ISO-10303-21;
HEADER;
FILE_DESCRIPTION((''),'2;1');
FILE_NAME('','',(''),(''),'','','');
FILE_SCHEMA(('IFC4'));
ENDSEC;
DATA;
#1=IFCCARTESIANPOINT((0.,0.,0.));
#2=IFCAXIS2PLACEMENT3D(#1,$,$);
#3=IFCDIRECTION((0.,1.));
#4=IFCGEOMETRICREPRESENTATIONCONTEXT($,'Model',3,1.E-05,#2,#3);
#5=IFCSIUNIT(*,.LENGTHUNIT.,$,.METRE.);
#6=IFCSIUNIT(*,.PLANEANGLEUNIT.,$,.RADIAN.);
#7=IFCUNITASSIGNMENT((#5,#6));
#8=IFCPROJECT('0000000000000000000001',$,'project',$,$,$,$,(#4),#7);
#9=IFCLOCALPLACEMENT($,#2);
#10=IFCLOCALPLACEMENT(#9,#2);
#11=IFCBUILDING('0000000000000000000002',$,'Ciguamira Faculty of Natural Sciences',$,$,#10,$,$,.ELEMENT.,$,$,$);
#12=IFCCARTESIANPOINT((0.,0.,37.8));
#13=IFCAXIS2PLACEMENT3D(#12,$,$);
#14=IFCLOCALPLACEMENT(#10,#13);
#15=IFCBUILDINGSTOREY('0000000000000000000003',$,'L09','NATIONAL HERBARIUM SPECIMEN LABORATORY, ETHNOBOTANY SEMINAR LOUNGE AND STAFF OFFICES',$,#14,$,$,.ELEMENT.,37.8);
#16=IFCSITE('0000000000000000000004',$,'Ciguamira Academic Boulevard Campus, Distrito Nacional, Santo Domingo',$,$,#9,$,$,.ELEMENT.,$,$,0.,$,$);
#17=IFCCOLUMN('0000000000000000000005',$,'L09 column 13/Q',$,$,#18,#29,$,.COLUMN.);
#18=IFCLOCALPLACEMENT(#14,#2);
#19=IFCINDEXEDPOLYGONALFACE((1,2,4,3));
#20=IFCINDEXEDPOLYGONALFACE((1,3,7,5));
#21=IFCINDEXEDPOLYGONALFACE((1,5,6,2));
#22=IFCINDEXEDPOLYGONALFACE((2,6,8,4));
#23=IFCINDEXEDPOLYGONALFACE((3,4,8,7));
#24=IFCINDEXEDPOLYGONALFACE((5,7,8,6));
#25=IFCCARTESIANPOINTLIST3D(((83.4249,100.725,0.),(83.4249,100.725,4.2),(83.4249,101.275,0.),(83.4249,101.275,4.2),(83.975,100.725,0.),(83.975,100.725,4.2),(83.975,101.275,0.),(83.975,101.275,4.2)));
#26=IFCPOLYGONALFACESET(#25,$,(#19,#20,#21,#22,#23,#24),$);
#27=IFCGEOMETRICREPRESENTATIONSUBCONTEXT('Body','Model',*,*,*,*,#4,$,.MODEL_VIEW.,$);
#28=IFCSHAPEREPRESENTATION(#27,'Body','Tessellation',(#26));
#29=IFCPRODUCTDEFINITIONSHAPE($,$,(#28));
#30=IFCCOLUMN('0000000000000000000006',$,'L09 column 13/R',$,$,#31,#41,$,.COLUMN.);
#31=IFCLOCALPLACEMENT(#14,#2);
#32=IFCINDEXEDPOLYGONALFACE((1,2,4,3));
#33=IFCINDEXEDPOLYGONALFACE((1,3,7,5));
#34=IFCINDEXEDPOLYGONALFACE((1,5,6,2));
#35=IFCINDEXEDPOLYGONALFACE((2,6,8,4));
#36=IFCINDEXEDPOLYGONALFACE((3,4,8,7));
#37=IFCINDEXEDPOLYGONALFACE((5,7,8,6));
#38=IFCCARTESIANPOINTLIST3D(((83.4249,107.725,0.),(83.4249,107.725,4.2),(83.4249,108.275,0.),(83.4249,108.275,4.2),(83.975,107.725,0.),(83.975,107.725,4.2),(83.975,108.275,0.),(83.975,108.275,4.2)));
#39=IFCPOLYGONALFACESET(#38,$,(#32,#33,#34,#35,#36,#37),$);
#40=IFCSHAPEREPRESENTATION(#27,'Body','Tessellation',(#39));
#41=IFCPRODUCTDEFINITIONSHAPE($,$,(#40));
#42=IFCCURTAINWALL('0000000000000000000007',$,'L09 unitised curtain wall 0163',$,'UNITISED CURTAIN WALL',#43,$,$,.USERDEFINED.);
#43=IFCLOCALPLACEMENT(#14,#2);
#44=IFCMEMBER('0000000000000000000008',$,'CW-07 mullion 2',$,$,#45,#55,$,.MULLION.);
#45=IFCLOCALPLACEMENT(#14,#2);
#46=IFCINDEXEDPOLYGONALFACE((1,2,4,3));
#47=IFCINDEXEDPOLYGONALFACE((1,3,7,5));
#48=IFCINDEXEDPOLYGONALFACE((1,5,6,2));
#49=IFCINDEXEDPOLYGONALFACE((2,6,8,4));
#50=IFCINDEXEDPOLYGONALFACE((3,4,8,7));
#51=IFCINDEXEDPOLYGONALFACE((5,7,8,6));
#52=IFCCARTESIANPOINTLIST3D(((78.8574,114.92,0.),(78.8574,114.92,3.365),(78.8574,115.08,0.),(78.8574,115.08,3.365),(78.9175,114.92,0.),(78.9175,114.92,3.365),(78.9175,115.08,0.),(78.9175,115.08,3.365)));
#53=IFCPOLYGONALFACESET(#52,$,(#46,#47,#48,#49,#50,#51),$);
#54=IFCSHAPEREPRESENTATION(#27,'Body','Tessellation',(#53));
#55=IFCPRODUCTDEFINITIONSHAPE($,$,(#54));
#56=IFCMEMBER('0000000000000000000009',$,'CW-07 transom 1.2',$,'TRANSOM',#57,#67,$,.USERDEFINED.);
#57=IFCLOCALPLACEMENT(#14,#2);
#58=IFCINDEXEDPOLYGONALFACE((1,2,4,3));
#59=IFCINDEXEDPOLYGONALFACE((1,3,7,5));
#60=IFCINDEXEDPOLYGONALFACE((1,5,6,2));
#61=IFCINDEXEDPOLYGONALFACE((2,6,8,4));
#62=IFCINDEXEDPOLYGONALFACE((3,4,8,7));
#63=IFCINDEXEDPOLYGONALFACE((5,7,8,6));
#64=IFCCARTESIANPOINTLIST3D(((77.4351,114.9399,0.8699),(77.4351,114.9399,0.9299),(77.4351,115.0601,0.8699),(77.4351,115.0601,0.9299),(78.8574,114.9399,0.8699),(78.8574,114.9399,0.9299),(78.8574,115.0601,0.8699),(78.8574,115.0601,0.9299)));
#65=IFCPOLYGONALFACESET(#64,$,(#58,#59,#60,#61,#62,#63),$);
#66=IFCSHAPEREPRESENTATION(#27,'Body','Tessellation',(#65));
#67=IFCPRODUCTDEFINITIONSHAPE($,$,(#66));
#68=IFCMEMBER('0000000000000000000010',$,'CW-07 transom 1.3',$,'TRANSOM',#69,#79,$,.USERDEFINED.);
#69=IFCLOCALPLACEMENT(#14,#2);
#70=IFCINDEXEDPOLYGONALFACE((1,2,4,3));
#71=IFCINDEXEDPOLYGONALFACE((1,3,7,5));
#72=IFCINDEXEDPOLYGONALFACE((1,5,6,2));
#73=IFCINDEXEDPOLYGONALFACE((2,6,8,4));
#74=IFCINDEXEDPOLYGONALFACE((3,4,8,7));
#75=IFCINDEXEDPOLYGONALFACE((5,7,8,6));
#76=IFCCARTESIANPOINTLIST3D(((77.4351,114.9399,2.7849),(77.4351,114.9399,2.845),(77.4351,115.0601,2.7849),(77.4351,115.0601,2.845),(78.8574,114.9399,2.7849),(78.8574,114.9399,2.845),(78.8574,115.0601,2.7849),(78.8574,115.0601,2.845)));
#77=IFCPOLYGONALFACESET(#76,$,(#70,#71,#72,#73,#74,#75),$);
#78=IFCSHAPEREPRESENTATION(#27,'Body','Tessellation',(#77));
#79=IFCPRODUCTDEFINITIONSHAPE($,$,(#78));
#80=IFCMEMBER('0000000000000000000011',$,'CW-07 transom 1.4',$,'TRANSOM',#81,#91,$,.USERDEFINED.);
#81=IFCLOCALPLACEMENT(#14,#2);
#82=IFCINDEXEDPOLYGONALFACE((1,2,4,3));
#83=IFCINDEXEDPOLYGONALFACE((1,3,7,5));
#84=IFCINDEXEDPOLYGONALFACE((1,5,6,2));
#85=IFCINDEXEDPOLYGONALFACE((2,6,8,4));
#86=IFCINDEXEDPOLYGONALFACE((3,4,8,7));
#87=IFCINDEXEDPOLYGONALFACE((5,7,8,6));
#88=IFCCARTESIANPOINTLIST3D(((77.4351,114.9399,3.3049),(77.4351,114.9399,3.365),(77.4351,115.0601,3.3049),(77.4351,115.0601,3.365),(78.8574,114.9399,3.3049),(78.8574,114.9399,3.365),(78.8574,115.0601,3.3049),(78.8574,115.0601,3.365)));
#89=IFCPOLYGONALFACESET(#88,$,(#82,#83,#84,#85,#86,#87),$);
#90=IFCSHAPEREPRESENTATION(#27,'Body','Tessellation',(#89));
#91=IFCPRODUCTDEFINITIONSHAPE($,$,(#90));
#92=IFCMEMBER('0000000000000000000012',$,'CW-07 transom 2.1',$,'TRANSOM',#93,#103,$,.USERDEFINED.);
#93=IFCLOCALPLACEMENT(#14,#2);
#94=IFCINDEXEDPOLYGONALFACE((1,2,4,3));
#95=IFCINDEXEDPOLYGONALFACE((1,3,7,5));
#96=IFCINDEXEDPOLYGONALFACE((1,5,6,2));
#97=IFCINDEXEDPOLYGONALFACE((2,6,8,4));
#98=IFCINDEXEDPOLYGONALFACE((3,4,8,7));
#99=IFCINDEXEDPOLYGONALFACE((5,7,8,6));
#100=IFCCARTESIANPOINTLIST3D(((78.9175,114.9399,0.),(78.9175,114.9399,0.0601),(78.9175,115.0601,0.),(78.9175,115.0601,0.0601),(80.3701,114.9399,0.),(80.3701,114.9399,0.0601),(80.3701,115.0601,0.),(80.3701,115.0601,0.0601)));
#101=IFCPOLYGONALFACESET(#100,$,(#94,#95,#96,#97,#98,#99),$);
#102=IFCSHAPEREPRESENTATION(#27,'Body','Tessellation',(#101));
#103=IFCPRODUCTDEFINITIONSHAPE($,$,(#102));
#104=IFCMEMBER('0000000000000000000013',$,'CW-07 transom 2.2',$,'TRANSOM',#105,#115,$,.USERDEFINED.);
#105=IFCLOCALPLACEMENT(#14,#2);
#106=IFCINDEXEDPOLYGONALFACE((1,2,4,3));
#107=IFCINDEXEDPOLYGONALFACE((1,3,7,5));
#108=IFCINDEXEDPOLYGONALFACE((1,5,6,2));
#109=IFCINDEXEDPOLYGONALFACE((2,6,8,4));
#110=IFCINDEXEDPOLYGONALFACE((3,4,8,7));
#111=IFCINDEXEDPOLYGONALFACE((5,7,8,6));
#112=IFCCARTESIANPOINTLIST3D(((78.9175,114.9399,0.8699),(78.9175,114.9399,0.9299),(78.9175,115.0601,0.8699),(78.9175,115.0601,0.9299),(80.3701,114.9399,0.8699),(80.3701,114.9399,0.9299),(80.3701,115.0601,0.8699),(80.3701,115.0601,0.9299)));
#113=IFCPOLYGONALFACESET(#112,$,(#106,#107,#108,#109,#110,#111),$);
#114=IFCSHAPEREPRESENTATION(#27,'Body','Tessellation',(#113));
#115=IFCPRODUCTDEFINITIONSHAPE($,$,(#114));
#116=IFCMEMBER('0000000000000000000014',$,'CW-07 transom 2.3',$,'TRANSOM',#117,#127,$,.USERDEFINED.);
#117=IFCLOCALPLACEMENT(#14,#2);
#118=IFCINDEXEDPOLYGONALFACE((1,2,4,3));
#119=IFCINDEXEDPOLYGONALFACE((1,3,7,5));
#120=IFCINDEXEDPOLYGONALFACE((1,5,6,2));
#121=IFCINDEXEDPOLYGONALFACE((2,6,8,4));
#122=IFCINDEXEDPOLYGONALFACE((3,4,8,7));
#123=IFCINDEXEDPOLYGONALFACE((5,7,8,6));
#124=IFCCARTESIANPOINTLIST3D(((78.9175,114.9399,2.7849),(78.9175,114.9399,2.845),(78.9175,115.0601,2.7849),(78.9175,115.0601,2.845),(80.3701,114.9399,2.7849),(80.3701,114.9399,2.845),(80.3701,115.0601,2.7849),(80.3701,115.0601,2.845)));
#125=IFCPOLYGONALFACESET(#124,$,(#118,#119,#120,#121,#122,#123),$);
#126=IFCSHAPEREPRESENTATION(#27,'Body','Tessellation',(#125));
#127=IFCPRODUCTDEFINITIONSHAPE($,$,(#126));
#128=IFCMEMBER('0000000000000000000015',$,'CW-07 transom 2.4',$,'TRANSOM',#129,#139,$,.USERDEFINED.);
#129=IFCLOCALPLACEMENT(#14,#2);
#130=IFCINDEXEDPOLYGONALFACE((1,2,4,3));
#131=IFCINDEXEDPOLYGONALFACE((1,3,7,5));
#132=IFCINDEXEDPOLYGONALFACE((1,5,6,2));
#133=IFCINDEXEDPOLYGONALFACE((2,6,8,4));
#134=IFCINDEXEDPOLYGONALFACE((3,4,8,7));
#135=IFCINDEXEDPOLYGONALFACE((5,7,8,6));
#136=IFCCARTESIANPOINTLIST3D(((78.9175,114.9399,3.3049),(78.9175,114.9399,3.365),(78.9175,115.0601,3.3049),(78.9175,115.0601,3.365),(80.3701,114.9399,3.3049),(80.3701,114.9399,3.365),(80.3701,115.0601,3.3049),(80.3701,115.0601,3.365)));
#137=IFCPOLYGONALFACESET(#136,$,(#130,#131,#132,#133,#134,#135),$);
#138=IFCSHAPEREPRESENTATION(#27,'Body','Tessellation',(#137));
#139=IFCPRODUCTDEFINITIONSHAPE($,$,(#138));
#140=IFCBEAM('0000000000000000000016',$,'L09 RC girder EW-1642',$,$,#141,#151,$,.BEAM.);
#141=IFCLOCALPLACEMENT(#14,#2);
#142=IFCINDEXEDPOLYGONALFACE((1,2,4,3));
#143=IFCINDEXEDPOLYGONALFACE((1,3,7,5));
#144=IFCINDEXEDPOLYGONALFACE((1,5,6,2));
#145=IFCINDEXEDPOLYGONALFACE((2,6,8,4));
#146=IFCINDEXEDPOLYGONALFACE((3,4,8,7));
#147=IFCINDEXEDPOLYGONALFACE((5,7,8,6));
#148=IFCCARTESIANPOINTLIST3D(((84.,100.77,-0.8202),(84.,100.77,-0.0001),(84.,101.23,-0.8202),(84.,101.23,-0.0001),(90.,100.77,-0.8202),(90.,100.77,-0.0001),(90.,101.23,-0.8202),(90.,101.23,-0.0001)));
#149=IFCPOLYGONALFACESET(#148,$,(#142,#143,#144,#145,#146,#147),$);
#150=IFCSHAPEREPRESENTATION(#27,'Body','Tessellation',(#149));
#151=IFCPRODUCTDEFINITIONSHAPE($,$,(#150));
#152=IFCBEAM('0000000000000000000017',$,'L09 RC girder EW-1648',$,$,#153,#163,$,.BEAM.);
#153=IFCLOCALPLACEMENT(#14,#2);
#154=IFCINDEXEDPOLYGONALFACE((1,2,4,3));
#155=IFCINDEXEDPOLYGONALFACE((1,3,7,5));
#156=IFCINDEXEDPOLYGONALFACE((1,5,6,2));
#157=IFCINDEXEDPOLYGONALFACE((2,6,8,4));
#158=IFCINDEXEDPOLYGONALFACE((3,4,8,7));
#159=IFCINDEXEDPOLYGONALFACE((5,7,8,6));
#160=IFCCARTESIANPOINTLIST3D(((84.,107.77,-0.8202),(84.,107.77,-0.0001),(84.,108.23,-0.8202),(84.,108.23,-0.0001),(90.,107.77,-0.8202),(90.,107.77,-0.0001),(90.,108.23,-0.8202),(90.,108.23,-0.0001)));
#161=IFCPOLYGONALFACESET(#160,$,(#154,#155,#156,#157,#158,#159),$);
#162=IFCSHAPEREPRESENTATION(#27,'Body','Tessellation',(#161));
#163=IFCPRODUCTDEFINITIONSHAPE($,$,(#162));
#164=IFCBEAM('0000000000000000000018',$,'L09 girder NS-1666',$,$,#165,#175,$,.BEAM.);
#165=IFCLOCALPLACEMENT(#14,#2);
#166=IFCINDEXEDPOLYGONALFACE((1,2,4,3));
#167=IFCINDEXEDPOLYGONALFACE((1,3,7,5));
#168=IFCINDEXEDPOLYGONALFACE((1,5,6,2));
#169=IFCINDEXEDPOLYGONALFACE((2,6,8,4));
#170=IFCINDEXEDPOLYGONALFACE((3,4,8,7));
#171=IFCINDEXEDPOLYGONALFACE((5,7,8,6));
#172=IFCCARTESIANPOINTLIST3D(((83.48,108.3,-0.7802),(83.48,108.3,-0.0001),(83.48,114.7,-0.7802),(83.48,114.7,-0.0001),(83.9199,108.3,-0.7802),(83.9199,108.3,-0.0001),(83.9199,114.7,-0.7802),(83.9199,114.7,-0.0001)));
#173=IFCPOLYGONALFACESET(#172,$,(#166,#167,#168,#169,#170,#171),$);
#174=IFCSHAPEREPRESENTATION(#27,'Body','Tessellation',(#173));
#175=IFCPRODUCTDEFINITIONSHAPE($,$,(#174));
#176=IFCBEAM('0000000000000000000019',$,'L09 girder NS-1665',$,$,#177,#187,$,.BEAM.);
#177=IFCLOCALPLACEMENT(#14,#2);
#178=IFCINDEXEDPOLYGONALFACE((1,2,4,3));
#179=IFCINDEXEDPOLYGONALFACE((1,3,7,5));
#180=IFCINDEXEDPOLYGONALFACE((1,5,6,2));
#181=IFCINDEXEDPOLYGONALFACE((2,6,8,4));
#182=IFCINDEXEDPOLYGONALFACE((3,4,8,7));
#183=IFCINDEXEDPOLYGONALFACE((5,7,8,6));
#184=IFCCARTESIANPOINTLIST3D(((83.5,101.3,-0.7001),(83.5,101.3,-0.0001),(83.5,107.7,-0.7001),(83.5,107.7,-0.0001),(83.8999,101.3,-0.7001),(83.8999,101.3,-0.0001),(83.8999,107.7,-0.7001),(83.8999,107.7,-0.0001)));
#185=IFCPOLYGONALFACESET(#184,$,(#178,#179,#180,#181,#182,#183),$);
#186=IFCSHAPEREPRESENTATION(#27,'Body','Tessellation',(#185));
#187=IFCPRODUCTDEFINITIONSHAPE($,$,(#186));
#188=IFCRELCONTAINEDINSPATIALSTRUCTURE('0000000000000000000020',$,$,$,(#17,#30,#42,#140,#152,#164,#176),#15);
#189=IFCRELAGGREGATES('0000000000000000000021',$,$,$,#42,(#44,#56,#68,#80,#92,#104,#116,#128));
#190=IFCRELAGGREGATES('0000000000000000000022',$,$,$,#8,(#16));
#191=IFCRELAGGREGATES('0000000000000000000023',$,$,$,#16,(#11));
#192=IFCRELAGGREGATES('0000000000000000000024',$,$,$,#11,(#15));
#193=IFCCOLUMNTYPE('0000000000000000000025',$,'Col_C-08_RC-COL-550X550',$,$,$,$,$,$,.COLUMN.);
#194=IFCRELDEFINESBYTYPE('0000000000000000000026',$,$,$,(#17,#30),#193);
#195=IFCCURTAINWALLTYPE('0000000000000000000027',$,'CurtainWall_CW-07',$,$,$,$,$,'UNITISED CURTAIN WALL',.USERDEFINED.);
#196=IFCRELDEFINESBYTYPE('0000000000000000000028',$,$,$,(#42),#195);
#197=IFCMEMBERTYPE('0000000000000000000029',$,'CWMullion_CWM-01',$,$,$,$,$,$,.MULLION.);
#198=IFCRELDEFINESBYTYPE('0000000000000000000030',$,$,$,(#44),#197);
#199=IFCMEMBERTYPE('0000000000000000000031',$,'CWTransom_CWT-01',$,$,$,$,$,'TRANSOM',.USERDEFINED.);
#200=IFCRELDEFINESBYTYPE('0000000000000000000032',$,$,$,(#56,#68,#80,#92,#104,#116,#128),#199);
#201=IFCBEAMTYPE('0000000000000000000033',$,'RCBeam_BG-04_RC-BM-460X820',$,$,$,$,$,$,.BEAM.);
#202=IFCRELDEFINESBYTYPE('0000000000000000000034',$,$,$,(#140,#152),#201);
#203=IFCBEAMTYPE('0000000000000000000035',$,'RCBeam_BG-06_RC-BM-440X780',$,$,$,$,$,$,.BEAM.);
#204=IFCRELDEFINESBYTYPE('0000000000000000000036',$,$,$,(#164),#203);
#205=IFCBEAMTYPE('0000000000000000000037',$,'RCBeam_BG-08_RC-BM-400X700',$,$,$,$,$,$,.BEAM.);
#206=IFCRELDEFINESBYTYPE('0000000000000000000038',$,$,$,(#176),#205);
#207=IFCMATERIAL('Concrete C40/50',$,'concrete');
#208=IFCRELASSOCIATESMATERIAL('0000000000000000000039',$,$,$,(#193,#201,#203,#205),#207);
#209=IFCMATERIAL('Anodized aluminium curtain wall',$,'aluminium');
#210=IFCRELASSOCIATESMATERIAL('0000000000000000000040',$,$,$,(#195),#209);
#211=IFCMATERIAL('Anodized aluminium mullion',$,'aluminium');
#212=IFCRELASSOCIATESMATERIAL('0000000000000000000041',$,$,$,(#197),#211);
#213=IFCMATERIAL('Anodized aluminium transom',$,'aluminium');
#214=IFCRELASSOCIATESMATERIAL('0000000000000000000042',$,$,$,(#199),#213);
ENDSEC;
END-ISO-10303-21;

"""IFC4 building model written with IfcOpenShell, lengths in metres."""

from ifc_helpers import new_model, si_unit, direction, frame, origin, origin_2d, place, context, subcontext, project, spatial, rectangle, extrude, material, material_profile, profile_set, type_object, element, aggregate, save


model = new_model("IFC4")

# Units and contexts
model_context = context("Model", 3, precision=1e-05, world=origin(), true_north=direction((0.0, 1.0)))
body_context = subcontext(model_context, "Body", "Model", "MODEL_VIEW")
ifc_project = project(units=[si_unit("LENGTHUNIT", "METRE"), si_unit("PLANEANGLEUNIT", "RADIAN")], contexts=[model_context])

# Site, building, storey
site_placement = place(None, origin())
site = spatial("IfcSite", under=ifc_project, at=site_placement, Name="Ciguamira Academic Boulevard Campus, Distrito Nacional, Santo Domingo", CompositionType="ELEMENT", RefElevation=0.0)
building_placement = place(site_placement, origin())
building = spatial("IfcBuilding", under=site, at=building_placement, Name="Ciguamira Faculty of Natural Sciences", CompositionType="ELEMENT")
storey_placement = place(building_placement, frame((0.0, 0.0, 37.8)))
storey = spatial("IfcBuildingStorey", under=building, at=storey_placement, Name="L09", Description="NATIONAL HERBARIUM SPECIMEN LABORATORY, ETHNOBOTANY SEMINAR LOUNGE AND STAFF OFFICES", CompositionType="ELEMENT", Elevation=37.8)

# Columns
ifc_material_1 = material(Name="Concrete C40/50", Category="concrete")
ifc_material_profile_1 = material_profile(ifc_material_1, rectangle(XDim=0.55, YDim=0.55, at=origin_2d()), Name="RC-COL-550X550")
ifc_profile_set_1 = profile_set([ifc_material_profile_1], Name="Concrete C40/50")
column_type = type_object("IfcColumnType", Name="Col_C-08_RC-COL-550X550", PredefinedType="COLUMN", material=ifc_profile_set_1)
for number, where, z_axis, x_axis, name in (
    (1, (83.7, 101.0, 0.0), (0.0, 0.0, 1.0), (1.0, 0.0, 0.0), "L09 column 13/Q"),
    (2, (83.7, 108.0, 0.0), (0.0, 0.0, 1.0), (1.0, 0.0, 0.0), "L09 column 13/R"),
):
    element("IfcColumn", number, at=place(storey_placement, frame(where, z_axis=z_axis, x_axis=x_axis)), inside=storey, type_object=column_type, Name=name, PredefinedType="COLUMN", context=body_context, shape_type="SweptSolid", body=[
        extrude(rectangle(XDim=0.55, YDim=0.55, at=origin_2d()), origin(), (0.0, 0.0, 1.0), 4.2),
    ])

# Curtain wall, members
ifc_material_2 = material(Name="Anodized aluminium curtain wall", Category="aluminium")
curtain_wall_type = type_object("IfcCurtainWallType", Name="CurtainWall_CW-07", ElementType="UNITISED CURTAIN WALL", PredefinedType="USERDEFINED", material=ifc_material_2)
curtain_wall_placement = place(storey_placement, origin())
curtain_wall = element("IfcCurtainWall", 3, at=curtain_wall_placement, inside=storey, type_object=curtain_wall_type, Name="L09 unitised curtain wall 0163", ObjectType="UNITISED CURTAIN WALL", PredefinedType="USERDEFINED")
ifc_material_3 = material(Name="Anodized aluminium mullion", Category="aluminium")
ifc_material_profile_2 = material_profile(ifc_material_3, rectangle(XDim=0.0601, YDim=0.1599, at=origin_2d()), Name="ALU-MUL-60X160")
ifc_profile_set_2 = profile_set([ifc_material_profile_2], Name="Anodized aluminium mullion")
member_type_1 = type_object("IfcMemberType", Name="CWMullion_CWM-01", PredefinedType="MULLION", material=ifc_profile_set_2)
member_1_placement = place(storey_placement, frame((78.8875, 115.0, 0.0), z_axis=(0.0, 0.0, 1.0), x_axis=(1.0, 0.0, 0.0)))
member_1 = element("IfcMember", 4, at=member_1_placement, type_object=member_type_1, Name="CW-07 mullion 2", PredefinedType="MULLION", context=body_context, shape_type="SweptSolid", body=[
    extrude(rectangle(XDim=0.0601, YDim=0.1599, at=origin_2d()), origin(), (0.0, 0.0, 1.0), 3.365),
])
ifc_material_4 = material(Name="Anodized aluminium transom", Category="aluminium")
ifc_material_profile_3 = material_profile(ifc_material_4, rectangle(XDim=0.0601, YDim=0.1201, at=origin_2d()), Name="ALU-TRN-60X120")
ifc_profile_set_3 = profile_set([ifc_material_profile_3], Name="Anodized aluminium transom")
member_type_2 = type_object("IfcMemberType", Name="CWTransom_CWT-01", ElementType="TRANSOM", PredefinedType="USERDEFINED", material=ifc_profile_set_3)
member_2_placement = place(storey_placement, frame((77.4351, 115.0, 0.8999), z_axis=(1.0, 0.0, 0.0), x_axis=(0.0, 0.0, 1.0)))
member_2 = element("IfcMember", 5, at=member_2_placement, type_object=member_type_2, Name="CW-07 transom 1.2", ObjectType="TRANSOM", PredefinedType="USERDEFINED", context=body_context, shape_type="SweptSolid", body=[
    extrude(rectangle(XDim=0.0601, YDim=0.1201, at=origin_2d()), origin(), (0.0, 0.0, 1.0), 1.4224),
])
member_3_placement = place(storey_placement, frame((77.4351, 115.0, 2.8149), z_axis=(1.0, 0.0, 0.0), x_axis=(0.0, 0.0, 1.0)))
member_3 = element("IfcMember", 6, at=member_3_placement, type_object=member_type_2, Name="CW-07 transom 1.3", ObjectType="TRANSOM", PredefinedType="USERDEFINED", context=body_context, shape_type="SweptSolid", body=[
    extrude(rectangle(XDim=0.0601, YDim=0.1201, at=origin_2d()), origin(), (0.0, 0.0, 1.0), 1.4224),
])
member_4_placement = place(storey_placement, frame((77.4351, 115.0, 3.335), z_axis=(1.0, 0.0, 0.0), x_axis=(0.0, 0.0, 1.0)))
member_4 = element("IfcMember", 7, at=member_4_placement, type_object=member_type_2, Name="CW-07 transom 1.4", ObjectType="TRANSOM", PredefinedType="USERDEFINED", context=body_context, shape_type="SweptSolid", body=[
    extrude(rectangle(XDim=0.0601, YDim=0.1201, at=origin_2d()), origin(), (0.0, 0.0, 1.0), 1.4224),
])
member_5_placement = place(storey_placement, frame((78.9175, 115.0, 0.03), z_axis=(1.0, 0.0, 0.0), x_axis=(0.0, 0.0, 1.0)))
member_5 = element("IfcMember", 8, at=member_5_placement, type_object=member_type_2, Name="CW-07 transom 2.1", ObjectType="TRANSOM", PredefinedType="USERDEFINED", context=body_context, shape_type="SweptSolid", body=[
    extrude(rectangle(XDim=0.0601, YDim=0.1201, at=origin_2d()), origin(), (0.0, 0.0, 1.0), 1.4526),
])
member_6_placement = place(storey_placement, frame((78.9175, 115.0, 0.8999), z_axis=(1.0, 0.0, 0.0), x_axis=(0.0, 0.0, 1.0)))
member_6 = element("IfcMember", 9, at=member_6_placement, type_object=member_type_2, Name="CW-07 transom 2.2", ObjectType="TRANSOM", PredefinedType="USERDEFINED", context=body_context, shape_type="SweptSolid", body=[
    extrude(rectangle(XDim=0.0601, YDim=0.1201, at=origin_2d()), origin(), (0.0, 0.0, 1.0), 1.4526),
])
member_7_placement = place(storey_placement, frame((78.9175, 115.0, 2.8149), z_axis=(1.0, 0.0, 0.0), x_axis=(0.0, 0.0, 1.0)))
member_7 = element("IfcMember", 10, at=member_7_placement, type_object=member_type_2, Name="CW-07 transom 2.3", ObjectType="TRANSOM", PredefinedType="USERDEFINED", context=body_context, shape_type="SweptSolid", body=[
    extrude(rectangle(XDim=0.0601, YDim=0.1201, at=origin_2d()), origin(), (0.0, 0.0, 1.0), 1.4526),
])
member_8_placement = place(storey_placement, frame((78.9175, 115.0, 3.335), z_axis=(1.0, 0.0, 0.0), x_axis=(0.0, 0.0, 1.0)))
member_8 = element("IfcMember", 11, at=member_8_placement, type_object=member_type_2, Name="CW-07 transom 2.4", ObjectType="TRANSOM", PredefinedType="USERDEFINED", context=body_context, shape_type="SweptSolid", body=[
    extrude(rectangle(XDim=0.0601, YDim=0.1201, at=origin_2d()), origin(), (0.0, 0.0, 1.0), 1.4526),
])

# Beams
ifc_material_profile_4 = material_profile(ifc_material_1, rectangle(XDim=0.46, YDim=0.8201, at=origin_2d()), Name="RC-BM-460X820")
ifc_profile_set_4 = profile_set([ifc_material_profile_4], Name="Concrete C40/50")
beam_type_1 = type_object("IfcBeamType", Name="RCBeam_BG-04_RC-BM-460X820", PredefinedType="BEAM", material=ifc_profile_set_4)
for number, where, z_axis, x_axis, name in (
    (12, (84.0, 101.0, -0.4102), (1.0, 0.0, 0.0), (0.0, 1.0, 0.0), "L09 RC girder EW-1642"),
    (13, (84.0, 108.0, -0.4102), (1.0, 0.0, 0.0), (0.0, 1.0, 0.0), "L09 RC girder EW-1648"),
):
    element("IfcBeam", number, at=place(storey_placement, frame(where, z_axis=z_axis, x_axis=x_axis)), inside=storey, type_object=beam_type_1, Name=name, PredefinedType="BEAM", context=body_context, shape_type="SweptSolid", body=[
        extrude(rectangle(XDim=0.46, YDim=0.8201, at=origin_2d()), origin(), (0.0, 0.0, 1.0), 6.0),
    ])
ifc_material_profile_5 = material_profile(ifc_material_1, rectangle(XDim=0.4399, YDim=0.78, at=origin_2d()), Name="RC-BM-440X780")
ifc_profile_set_5 = profile_set([ifc_material_profile_5], Name="Concrete C40/50")
beam_type_2 = type_object("IfcBeamType", Name="RCBeam_BG-06_RC-BM-440X780", PredefinedType="BEAM", material=ifc_profile_set_5)
beam_1_placement = place(storey_placement, frame((83.7, 108.3, -0.3901), z_axis=(0.0, 1.0, 0.0), x_axis=(-1.0, 0.0, 0.0)))
element("IfcBeam", 14, at=beam_1_placement, inside=storey, type_object=beam_type_2, Name="L09 girder NS-1666", PredefinedType="BEAM", context=body_context, shape_type="SweptSolid", body=[
    extrude(rectangle(XDim=0.4399, YDim=0.78, at=origin_2d()), origin(), (0.0, 0.0, 1.0), 6.3999),
])
ifc_material_profile_6 = material_profile(ifc_material_1, rectangle(XDim=0.3999, YDim=0.7, at=origin_2d()), Name="RC-BM-400X700")
ifc_profile_set_6 = profile_set([ifc_material_profile_6], Name="Concrete C40/50")
beam_type_3 = type_object("IfcBeamType", Name="RCBeam_BG-08_RC-BM-400X700", PredefinedType="BEAM", material=ifc_profile_set_6)
beam_2_placement = place(storey_placement, frame((83.7, 101.3, -0.3501), z_axis=(0.0, 1.0, 0.0), x_axis=(-1.0, 0.0, 0.0)))
element("IfcBeam", 15, at=beam_2_placement, inside=storey, type_object=beam_type_3, Name="L09 girder NS-1665", PredefinedType="BEAM", context=body_context, shape_type="SweptSolid", body=[
    extrude(rectangle(XDim=0.3999, YDim=0.7, at=origin_2d()), origin(), (0.0, 0.0, 1.0), 6.3999),
])

aggregate(curtain_wall, [member_1, member_2, member_3, member_4, member_5, member_6, member_7, member_8])

save(model, "model.ifc")
